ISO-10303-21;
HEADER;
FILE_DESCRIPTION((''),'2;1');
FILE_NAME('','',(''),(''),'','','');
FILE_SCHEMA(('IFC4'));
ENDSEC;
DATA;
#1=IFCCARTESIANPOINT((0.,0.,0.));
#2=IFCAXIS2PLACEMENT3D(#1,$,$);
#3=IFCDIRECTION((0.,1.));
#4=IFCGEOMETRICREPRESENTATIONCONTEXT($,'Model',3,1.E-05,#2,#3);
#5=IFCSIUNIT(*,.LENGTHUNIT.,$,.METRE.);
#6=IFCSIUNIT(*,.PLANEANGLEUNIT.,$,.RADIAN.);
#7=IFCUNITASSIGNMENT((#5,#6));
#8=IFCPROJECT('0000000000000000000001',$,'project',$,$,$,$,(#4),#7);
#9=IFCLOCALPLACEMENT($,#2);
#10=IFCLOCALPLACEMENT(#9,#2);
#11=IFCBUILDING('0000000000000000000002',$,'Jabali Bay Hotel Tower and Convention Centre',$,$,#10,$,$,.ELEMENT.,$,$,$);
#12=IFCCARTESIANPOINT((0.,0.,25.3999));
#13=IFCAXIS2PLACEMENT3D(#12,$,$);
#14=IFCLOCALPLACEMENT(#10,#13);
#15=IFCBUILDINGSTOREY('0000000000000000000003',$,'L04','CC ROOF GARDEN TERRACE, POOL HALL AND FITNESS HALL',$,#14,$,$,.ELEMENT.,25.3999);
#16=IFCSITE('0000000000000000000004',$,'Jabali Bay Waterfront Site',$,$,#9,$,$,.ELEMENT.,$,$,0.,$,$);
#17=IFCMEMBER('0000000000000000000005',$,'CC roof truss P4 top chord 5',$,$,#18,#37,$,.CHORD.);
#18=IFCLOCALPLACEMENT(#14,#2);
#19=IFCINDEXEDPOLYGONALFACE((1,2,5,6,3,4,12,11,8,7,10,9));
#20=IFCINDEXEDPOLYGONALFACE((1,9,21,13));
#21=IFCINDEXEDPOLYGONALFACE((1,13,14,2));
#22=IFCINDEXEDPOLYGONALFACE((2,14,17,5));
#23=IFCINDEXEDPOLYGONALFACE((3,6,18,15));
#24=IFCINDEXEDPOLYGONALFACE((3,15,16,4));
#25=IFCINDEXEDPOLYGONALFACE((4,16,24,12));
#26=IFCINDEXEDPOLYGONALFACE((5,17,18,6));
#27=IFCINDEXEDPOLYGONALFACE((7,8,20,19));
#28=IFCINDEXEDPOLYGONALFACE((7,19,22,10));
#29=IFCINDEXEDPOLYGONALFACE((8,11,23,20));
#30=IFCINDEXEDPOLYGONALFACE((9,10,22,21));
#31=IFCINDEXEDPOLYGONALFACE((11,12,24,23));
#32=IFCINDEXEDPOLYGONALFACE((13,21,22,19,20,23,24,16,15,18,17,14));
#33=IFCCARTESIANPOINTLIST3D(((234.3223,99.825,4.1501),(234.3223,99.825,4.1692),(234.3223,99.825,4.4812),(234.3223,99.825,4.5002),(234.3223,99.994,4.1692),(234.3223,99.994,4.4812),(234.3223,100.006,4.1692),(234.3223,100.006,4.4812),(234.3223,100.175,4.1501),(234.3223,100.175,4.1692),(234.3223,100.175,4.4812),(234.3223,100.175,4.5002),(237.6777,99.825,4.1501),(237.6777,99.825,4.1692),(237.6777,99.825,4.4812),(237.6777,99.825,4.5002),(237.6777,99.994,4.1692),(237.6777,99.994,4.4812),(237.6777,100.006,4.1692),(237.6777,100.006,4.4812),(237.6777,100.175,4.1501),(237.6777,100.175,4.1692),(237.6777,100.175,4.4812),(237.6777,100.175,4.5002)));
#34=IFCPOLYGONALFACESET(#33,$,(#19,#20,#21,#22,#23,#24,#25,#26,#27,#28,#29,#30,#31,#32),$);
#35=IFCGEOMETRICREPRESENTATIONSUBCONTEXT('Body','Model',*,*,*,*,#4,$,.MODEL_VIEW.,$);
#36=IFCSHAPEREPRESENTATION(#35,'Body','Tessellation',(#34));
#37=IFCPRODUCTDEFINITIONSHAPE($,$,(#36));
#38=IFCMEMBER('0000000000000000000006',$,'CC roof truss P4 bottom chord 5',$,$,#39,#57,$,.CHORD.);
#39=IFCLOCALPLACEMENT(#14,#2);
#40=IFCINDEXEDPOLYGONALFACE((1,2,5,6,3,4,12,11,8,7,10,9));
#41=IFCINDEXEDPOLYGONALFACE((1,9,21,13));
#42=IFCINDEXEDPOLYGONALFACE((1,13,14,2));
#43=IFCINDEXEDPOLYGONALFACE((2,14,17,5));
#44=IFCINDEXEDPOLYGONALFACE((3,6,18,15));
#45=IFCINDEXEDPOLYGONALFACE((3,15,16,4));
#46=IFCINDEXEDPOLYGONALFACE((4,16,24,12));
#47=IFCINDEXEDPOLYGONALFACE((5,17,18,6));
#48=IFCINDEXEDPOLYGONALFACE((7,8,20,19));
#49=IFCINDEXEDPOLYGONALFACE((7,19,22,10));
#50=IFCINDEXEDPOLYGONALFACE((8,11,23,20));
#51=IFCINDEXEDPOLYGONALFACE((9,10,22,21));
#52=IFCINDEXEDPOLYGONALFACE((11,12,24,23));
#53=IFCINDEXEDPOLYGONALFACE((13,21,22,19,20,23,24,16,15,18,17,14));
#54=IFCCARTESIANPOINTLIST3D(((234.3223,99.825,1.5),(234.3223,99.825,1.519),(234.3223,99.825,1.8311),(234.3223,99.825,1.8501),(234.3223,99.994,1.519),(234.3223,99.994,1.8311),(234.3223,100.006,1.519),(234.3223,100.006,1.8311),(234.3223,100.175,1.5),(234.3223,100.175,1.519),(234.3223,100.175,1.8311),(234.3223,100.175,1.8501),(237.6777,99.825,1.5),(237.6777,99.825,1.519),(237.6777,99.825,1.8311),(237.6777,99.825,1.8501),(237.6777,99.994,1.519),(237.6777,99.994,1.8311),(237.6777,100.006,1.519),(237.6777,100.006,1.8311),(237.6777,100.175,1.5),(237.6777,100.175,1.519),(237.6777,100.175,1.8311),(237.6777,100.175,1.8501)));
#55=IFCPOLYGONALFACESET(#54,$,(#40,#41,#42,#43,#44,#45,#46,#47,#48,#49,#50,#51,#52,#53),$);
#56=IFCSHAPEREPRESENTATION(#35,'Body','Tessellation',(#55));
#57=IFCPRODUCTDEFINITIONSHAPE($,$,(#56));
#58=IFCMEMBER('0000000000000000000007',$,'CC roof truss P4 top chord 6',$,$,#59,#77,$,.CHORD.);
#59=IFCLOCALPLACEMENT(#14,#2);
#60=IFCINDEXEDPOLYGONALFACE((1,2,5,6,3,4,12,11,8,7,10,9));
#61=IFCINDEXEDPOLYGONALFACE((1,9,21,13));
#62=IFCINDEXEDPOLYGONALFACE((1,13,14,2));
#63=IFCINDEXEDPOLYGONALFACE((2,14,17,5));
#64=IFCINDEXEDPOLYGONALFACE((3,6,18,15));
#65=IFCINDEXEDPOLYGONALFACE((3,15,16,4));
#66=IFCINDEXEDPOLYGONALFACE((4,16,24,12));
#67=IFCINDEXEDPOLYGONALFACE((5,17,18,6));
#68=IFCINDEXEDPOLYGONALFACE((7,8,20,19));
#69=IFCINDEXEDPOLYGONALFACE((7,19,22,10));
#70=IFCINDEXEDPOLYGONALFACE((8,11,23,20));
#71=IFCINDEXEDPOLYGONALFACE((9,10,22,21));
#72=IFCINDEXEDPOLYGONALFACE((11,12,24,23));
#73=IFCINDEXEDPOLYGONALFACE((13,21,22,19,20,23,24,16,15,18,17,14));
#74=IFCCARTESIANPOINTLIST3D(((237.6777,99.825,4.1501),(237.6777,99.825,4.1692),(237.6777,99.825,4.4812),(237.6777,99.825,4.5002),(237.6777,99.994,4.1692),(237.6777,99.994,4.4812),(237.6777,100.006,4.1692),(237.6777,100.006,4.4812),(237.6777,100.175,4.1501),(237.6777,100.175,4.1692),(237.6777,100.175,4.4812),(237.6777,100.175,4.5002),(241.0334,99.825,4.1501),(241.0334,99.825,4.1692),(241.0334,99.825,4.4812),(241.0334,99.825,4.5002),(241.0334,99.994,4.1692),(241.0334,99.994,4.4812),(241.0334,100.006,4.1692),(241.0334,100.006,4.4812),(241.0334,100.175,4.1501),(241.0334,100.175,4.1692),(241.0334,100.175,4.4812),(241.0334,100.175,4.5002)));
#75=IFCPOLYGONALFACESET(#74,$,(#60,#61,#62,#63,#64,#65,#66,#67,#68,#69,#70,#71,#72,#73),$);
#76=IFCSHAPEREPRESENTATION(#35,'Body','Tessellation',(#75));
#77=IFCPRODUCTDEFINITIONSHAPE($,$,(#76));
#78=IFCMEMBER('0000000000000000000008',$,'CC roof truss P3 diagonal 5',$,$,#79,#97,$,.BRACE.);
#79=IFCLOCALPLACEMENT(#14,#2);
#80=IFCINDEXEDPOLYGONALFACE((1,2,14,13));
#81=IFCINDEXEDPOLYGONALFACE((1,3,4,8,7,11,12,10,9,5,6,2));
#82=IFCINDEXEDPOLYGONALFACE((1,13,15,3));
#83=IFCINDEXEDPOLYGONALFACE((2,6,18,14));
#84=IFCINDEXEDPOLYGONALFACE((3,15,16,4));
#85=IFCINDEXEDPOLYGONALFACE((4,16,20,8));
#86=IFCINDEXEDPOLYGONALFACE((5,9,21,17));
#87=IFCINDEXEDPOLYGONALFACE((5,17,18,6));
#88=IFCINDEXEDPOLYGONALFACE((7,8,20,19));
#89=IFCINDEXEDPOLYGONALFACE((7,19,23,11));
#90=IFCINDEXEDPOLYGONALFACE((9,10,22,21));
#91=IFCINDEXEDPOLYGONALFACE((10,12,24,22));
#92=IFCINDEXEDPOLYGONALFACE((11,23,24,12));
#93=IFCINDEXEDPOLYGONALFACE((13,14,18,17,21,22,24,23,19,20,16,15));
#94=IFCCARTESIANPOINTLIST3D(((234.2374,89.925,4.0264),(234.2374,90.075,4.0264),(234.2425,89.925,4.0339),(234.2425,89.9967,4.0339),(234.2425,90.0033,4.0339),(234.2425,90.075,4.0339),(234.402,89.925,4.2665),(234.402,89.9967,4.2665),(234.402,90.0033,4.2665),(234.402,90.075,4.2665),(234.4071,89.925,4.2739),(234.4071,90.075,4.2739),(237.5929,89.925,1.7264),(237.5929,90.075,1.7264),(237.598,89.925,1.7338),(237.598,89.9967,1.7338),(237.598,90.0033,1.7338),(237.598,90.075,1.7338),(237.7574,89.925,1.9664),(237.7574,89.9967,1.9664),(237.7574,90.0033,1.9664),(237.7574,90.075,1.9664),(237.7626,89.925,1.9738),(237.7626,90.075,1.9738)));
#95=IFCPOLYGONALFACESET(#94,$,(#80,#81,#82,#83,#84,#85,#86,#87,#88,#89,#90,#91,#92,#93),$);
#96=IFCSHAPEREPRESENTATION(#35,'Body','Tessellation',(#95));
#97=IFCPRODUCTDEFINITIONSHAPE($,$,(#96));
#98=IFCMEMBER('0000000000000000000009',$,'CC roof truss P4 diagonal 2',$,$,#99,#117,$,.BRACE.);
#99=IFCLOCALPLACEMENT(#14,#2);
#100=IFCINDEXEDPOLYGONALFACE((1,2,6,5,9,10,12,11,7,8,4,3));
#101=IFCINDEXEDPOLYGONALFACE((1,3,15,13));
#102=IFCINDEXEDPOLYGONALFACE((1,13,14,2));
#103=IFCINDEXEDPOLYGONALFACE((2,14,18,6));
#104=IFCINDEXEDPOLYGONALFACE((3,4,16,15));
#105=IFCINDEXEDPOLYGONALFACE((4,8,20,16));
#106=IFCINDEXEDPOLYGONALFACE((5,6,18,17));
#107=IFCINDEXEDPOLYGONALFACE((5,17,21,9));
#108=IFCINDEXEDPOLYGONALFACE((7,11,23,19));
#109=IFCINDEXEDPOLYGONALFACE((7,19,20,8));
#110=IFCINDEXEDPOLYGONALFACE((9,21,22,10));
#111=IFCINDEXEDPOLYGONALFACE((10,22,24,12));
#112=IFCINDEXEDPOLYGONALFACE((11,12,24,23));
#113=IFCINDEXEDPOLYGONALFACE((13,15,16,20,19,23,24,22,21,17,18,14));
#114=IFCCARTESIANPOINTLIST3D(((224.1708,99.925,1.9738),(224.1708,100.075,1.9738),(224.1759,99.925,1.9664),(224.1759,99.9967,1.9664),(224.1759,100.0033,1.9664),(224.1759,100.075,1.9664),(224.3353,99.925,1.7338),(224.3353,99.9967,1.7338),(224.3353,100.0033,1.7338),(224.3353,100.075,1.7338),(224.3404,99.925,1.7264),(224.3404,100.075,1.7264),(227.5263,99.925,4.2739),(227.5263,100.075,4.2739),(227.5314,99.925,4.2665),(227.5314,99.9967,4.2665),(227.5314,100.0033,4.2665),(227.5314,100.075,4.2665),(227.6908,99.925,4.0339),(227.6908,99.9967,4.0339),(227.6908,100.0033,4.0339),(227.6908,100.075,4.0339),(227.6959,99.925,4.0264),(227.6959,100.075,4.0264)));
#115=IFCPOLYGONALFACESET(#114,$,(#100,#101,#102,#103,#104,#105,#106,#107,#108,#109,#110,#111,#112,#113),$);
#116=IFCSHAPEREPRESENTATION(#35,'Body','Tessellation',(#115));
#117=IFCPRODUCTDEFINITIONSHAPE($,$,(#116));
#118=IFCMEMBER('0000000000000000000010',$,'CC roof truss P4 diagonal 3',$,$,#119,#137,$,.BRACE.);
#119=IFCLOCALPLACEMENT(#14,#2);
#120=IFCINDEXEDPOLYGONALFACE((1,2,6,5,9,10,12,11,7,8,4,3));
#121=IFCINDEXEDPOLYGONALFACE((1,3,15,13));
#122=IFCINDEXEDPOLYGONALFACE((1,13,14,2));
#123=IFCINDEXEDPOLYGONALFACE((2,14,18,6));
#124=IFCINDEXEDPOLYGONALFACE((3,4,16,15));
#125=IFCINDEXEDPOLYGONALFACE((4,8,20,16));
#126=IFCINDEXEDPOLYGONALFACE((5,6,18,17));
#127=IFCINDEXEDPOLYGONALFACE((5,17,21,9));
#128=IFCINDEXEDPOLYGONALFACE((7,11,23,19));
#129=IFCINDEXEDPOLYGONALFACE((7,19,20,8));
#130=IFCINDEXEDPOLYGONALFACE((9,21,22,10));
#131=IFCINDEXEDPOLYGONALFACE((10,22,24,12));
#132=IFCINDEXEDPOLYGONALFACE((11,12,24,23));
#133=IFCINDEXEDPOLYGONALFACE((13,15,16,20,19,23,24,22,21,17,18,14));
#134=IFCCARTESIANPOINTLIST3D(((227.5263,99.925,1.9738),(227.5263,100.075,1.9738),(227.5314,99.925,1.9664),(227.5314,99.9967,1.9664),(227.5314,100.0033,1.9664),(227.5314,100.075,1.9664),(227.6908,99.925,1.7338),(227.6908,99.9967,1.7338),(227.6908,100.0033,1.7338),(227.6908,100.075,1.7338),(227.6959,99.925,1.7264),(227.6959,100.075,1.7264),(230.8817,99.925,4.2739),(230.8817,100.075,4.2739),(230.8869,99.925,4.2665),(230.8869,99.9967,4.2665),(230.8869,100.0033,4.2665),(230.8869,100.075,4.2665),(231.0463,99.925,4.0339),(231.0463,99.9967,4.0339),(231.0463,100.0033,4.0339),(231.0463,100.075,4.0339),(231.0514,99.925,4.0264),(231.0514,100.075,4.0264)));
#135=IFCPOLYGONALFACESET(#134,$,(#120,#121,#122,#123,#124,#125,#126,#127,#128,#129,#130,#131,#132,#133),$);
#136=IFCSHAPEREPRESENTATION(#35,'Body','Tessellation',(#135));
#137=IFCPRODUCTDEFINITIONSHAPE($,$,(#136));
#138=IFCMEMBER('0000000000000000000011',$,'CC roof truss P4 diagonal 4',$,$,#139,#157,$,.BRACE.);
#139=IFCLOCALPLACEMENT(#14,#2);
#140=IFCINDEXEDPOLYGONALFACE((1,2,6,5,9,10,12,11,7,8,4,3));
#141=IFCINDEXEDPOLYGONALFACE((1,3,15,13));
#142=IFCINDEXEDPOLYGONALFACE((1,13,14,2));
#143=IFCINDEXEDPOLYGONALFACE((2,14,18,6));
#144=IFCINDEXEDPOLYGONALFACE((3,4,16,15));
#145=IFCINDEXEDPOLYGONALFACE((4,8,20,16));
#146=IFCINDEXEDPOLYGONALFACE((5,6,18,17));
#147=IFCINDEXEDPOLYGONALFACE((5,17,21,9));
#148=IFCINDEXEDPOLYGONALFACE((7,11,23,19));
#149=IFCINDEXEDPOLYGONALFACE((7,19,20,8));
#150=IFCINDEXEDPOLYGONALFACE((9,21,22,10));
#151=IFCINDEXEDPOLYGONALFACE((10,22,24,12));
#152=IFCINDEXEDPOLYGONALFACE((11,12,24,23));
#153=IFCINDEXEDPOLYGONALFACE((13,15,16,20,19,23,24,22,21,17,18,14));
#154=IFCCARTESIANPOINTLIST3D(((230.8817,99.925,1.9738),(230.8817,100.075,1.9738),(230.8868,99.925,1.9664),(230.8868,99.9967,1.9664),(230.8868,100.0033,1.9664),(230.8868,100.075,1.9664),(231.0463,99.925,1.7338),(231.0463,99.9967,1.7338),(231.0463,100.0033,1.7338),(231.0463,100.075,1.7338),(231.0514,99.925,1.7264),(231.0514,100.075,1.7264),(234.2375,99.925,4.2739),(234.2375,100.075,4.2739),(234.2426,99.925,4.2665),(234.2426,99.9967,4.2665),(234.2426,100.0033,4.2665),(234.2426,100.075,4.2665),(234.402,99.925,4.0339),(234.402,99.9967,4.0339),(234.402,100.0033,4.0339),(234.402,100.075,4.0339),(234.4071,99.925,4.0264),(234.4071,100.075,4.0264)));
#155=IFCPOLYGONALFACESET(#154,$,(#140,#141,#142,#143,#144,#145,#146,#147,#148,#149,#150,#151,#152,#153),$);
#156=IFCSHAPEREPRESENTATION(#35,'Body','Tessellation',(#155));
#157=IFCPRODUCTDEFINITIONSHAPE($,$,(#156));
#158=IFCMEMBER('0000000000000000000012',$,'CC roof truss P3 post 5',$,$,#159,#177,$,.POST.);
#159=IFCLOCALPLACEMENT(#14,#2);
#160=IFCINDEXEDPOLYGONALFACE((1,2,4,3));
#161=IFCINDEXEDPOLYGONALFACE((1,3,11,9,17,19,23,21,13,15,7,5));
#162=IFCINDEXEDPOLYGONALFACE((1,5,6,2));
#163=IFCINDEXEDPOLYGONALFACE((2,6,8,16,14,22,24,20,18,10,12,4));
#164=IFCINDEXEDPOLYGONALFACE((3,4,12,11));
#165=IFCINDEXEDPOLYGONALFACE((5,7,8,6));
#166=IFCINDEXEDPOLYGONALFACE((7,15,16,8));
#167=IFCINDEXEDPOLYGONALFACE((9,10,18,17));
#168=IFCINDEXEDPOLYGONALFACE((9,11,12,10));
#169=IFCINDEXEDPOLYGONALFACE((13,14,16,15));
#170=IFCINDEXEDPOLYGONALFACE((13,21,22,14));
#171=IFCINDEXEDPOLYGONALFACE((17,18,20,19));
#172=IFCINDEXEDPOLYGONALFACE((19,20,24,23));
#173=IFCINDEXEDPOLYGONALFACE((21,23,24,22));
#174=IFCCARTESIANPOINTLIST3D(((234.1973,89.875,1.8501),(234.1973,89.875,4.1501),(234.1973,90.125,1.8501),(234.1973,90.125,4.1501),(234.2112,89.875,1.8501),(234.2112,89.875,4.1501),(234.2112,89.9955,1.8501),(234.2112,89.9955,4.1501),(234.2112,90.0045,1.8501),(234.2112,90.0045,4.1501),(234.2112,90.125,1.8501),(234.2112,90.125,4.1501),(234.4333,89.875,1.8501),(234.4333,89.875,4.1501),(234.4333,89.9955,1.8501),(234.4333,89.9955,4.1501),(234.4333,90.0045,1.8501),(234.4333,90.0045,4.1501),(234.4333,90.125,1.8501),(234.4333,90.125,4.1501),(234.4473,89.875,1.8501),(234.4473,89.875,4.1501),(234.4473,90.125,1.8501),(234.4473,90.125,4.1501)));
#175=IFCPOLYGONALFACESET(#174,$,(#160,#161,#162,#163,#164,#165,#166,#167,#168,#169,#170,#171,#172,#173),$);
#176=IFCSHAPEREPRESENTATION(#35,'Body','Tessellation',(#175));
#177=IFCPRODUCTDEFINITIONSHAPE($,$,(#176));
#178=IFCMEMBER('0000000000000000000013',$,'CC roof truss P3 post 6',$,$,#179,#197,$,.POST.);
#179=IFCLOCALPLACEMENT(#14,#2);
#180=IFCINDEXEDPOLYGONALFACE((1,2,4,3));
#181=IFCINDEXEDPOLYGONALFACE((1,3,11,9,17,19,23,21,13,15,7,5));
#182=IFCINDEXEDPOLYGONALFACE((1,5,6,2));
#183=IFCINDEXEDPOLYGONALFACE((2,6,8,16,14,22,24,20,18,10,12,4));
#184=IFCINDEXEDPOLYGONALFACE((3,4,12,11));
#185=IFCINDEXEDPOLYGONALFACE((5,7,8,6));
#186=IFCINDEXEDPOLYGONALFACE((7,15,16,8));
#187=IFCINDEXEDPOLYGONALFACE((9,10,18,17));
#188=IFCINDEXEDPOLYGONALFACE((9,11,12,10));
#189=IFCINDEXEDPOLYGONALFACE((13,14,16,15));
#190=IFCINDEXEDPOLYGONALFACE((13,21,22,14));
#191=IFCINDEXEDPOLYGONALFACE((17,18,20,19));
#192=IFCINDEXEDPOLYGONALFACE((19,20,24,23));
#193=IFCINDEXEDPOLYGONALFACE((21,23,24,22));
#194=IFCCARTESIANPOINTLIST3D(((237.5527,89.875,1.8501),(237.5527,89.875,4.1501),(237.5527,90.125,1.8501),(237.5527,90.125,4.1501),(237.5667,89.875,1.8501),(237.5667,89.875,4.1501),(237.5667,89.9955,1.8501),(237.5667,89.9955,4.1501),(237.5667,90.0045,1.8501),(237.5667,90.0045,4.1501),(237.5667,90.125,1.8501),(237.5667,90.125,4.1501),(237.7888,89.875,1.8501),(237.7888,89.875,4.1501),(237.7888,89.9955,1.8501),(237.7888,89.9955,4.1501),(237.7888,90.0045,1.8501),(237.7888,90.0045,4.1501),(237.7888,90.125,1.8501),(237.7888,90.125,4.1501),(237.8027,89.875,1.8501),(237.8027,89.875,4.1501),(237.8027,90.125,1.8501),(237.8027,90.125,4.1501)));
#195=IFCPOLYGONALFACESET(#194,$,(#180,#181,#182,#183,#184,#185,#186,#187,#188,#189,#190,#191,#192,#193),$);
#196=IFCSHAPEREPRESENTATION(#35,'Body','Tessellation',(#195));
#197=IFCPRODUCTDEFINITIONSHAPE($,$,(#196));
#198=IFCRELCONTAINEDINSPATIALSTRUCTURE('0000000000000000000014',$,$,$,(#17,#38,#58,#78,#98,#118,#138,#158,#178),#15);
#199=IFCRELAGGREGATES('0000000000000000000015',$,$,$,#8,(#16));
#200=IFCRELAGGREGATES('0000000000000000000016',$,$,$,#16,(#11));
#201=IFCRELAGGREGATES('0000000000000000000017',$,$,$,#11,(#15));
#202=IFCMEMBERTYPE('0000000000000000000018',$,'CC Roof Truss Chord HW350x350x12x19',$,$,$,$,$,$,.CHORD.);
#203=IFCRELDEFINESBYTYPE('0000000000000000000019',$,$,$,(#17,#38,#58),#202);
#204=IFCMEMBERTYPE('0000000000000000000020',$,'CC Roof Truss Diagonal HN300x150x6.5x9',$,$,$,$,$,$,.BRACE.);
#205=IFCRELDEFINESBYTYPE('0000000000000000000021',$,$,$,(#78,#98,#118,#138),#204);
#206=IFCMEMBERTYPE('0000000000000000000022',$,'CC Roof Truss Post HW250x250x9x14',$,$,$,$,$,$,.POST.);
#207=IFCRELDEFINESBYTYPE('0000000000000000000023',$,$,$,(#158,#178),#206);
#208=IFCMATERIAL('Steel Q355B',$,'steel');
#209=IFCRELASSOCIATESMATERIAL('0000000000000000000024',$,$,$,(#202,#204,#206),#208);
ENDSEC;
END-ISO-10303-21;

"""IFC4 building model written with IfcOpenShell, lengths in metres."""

from ifc_helpers import new_model, si_unit, direction, frame, origin, origin_2d, place, context, subcontext, project, spatial, i_section, extrude, material, material_profile, profile_set, type_object, element, save


model = new_model("IFC4")

# Units and contexts
model_context = context("Model", 3, precision=1e-05, world=origin(), true_north=direction((0.0, 1.0)))
body_context = subcontext(model_context, "Body", "Model", "MODEL_VIEW")
ifc_project = project(units=[si_unit("LENGTHUNIT", "METRE"), si_unit("PLANEANGLEUNIT", "RADIAN")], contexts=[model_context])

# Site, building, storey
site_placement = place(None, origin())
site = spatial("IfcSite", under=ifc_project, at=site_placement, Name="Jabali Bay Waterfront Site", CompositionType="ELEMENT", RefElevation=0.0)
building_placement = place(site_placement, origin())
building = spatial("IfcBuilding", under=site, at=building_placement, Name="Jabali Bay Hotel Tower and Convention Centre", CompositionType="ELEMENT")
storey_placement = place(building_placement, frame((0.0, 0.0, 25.3999)))
storey = spatial("IfcBuildingStorey", under=building, at=storey_placement, Name="L04", Description="CC ROOF GARDEN TERRACE, POOL HALL AND FITNESS HALL", CompositionType="ELEMENT", Elevation=25.3999)

# Members
ifc_material = material(Name="Steel Q355B", Category="steel")
ifc_material_profile_1 = material_profile(ifc_material, i_section(OverallWidth=0.3501, OverallDepth=0.3501, WebThickness=0.012, FlangeThickness=0.019, at=origin_2d()), Name="HW350x350x12x19")
ifc_profile_set_1 = profile_set([ifc_material_profile_1], Name="Steel Q355B")
member_type_1 = type_object("IfcMemberType", Name="CC Roof Truss Chord HW350x350x12x19", PredefinedType="CHORD", material=ifc_profile_set_1)
for number, where, z_axis, x_axis, name in (
    (1, (234.3223, 100.0, 4.3252), (1.0, 0.0, 0.0), (0.0, 1.0, 0.0), "CC roof truss P4 top chord 5"),
    (2, (234.3223, 100.0, 1.675), (1.0, 0.0, 0.0), (0.0, 1.0, 0.0), "CC roof truss P4 bottom chord 5"),
):
    element("IfcMember", number, at=place(storey_placement, frame(where, z_axis=z_axis, x_axis=x_axis)), inside=storey, type_object=member_type_1, Name=name, PredefinedType="CHORD", context=body_context, shape_type="SweptSolid", body=[
        extrude(i_section(OverallWidth=0.3501, OverallDepth=0.3501, WebThickness=0.012, FlangeThickness=0.019, at=origin_2d()), origin(), (0.0, 0.0, 1.0), 3.3555),
    ])
member_1_placement = place(storey_placement, frame((237.6777, 100.0, 4.3252), z_axis=(1.0, 0.0, 0.0), x_axis=(0.0, 1.0, 0.0)))
element("IfcMember", 3, at=member_1_placement, inside=storey, type_object=member_type_1, Name="CC roof truss P4 top chord 6", PredefinedType="CHORD", context=body_context, shape_type="SweptSolid", body=[
    extrude(i_section(OverallWidth=0.3501, OverallDepth=0.3501, WebThickness=0.012, FlangeThickness=0.019, at=origin_2d()), origin(), (0.0, 0.0, 1.0), 3.3557),
])
ifc_material_profile_2 = material_profile(ifc_material, i_section(OverallWidth=0.1499, OverallDepth=0.3, WebThickness=0.0066, FlangeThickness=0.009, at=origin_2d()), Name="HN300x150x6.5x9")
ifc_profile_set_2 = profile_set([ifc_material_profile_2], Name="Steel Q355B")
member_type_2 = type_object("IfcMemberType", Name="CC Roof Truss Diagonal HN300x150x6.5x9", PredefinedType="BRACE", material=ifc_profile_set_2)
for number, where, z_axis, x_axis, name in (
    (4, (237.6777, 90.0, 1.8501), (-0.824826, 0.0, 0.565387), (0.0, -1.0, 0.0), "CC roof truss P3 diagonal 5"),
    (5, (224.2556, 100.0, 1.8501), (0.824826, 0.0, 0.565387), (0.0, 1.0, 0.0), "CC roof truss P4 diagonal 2"),
    (6, (227.6111, 100.0, 1.8501), (0.824826, 0.0, 0.565387), (0.0, 1.0, 0.0), "CC roof truss P4 diagonal 3"),
):
    element("IfcMember", number, at=place(storey_placement, frame(where, z_axis=z_axis, x_axis=x_axis)), inside=storey, type_object=member_type_2, Name=name, PredefinedType="BRACE", context=body_context, shape_type="SweptSolid", body=[
        extrude(i_section(OverallWidth=0.1499, OverallDepth=0.3, WebThickness=0.0066, FlangeThickness=0.009, at=origin_2d()), origin(), (0.0, 0.0, 1.0), 4.0681),
    ])
member_2_placement = place(storey_placement, frame((230.9666, 100.0, 1.8501), z_axis=(0.824845, 0.0, 0.565359), x_axis=(0.0, 1.0, 0.0)))
element("IfcMember", 7, at=member_2_placement, inside=storey, type_object=member_type_2, Name="CC roof truss P4 diagonal 4", PredefinedType="BRACE", context=body_context, shape_type="SweptSolid", body=[
    extrude(i_section(OverallWidth=0.1499, OverallDepth=0.3, WebThickness=0.0066, FlangeThickness=0.009, at=origin_2d()), origin(), (0.0, 0.0, 1.0), 4.0684),
])
ifc_material_profile_3 = material_profile(ifc_material, i_section(OverallWidth=0.25, OverallDepth=0.25, WebThickness=0.009, FlangeThickness=0.0139, at=origin_2d()), Name="HW250x250x9x14")
ifc_profile_set_3 = profile_set([ifc_material_profile_3], Name="Steel Q355B")
member_type_3 = type_object("IfcMemberType", Name="CC Roof Truss Post HW250x250x9x14", PredefinedType="POST", material=ifc_profile_set_3)
for number, where, z_axis, x_axis, name in (
    (8, (234.3223, 90.0, 1.8501), (0.0, 0.0, 1.0), (0.0, 1.0, 0.0), "CC roof truss P3 post 5"),
    (9, (237.6777, 90.0, 1.8501), (0.0, 0.0, 1.0), (0.0, 1.0, 0.0), "CC roof truss P3 post 6"),
):
    element("IfcMember", number, at=place(storey_placement, frame(where, z_axis=z_axis, x_axis=x_axis)), inside=storey, type_object=member_type_3, Name=name, PredefinedType="POST", context=body_context, shape_type="SweptSolid", body=[
        extrude(i_section(OverallWidth=0.25, OverallDepth=0.25, WebThickness=0.009, FlangeThickness=0.0139, at=origin_2d()), origin(), (0.0, 0.0, 1.0), 2.3),
    ])

save(model, "model.ifc")
